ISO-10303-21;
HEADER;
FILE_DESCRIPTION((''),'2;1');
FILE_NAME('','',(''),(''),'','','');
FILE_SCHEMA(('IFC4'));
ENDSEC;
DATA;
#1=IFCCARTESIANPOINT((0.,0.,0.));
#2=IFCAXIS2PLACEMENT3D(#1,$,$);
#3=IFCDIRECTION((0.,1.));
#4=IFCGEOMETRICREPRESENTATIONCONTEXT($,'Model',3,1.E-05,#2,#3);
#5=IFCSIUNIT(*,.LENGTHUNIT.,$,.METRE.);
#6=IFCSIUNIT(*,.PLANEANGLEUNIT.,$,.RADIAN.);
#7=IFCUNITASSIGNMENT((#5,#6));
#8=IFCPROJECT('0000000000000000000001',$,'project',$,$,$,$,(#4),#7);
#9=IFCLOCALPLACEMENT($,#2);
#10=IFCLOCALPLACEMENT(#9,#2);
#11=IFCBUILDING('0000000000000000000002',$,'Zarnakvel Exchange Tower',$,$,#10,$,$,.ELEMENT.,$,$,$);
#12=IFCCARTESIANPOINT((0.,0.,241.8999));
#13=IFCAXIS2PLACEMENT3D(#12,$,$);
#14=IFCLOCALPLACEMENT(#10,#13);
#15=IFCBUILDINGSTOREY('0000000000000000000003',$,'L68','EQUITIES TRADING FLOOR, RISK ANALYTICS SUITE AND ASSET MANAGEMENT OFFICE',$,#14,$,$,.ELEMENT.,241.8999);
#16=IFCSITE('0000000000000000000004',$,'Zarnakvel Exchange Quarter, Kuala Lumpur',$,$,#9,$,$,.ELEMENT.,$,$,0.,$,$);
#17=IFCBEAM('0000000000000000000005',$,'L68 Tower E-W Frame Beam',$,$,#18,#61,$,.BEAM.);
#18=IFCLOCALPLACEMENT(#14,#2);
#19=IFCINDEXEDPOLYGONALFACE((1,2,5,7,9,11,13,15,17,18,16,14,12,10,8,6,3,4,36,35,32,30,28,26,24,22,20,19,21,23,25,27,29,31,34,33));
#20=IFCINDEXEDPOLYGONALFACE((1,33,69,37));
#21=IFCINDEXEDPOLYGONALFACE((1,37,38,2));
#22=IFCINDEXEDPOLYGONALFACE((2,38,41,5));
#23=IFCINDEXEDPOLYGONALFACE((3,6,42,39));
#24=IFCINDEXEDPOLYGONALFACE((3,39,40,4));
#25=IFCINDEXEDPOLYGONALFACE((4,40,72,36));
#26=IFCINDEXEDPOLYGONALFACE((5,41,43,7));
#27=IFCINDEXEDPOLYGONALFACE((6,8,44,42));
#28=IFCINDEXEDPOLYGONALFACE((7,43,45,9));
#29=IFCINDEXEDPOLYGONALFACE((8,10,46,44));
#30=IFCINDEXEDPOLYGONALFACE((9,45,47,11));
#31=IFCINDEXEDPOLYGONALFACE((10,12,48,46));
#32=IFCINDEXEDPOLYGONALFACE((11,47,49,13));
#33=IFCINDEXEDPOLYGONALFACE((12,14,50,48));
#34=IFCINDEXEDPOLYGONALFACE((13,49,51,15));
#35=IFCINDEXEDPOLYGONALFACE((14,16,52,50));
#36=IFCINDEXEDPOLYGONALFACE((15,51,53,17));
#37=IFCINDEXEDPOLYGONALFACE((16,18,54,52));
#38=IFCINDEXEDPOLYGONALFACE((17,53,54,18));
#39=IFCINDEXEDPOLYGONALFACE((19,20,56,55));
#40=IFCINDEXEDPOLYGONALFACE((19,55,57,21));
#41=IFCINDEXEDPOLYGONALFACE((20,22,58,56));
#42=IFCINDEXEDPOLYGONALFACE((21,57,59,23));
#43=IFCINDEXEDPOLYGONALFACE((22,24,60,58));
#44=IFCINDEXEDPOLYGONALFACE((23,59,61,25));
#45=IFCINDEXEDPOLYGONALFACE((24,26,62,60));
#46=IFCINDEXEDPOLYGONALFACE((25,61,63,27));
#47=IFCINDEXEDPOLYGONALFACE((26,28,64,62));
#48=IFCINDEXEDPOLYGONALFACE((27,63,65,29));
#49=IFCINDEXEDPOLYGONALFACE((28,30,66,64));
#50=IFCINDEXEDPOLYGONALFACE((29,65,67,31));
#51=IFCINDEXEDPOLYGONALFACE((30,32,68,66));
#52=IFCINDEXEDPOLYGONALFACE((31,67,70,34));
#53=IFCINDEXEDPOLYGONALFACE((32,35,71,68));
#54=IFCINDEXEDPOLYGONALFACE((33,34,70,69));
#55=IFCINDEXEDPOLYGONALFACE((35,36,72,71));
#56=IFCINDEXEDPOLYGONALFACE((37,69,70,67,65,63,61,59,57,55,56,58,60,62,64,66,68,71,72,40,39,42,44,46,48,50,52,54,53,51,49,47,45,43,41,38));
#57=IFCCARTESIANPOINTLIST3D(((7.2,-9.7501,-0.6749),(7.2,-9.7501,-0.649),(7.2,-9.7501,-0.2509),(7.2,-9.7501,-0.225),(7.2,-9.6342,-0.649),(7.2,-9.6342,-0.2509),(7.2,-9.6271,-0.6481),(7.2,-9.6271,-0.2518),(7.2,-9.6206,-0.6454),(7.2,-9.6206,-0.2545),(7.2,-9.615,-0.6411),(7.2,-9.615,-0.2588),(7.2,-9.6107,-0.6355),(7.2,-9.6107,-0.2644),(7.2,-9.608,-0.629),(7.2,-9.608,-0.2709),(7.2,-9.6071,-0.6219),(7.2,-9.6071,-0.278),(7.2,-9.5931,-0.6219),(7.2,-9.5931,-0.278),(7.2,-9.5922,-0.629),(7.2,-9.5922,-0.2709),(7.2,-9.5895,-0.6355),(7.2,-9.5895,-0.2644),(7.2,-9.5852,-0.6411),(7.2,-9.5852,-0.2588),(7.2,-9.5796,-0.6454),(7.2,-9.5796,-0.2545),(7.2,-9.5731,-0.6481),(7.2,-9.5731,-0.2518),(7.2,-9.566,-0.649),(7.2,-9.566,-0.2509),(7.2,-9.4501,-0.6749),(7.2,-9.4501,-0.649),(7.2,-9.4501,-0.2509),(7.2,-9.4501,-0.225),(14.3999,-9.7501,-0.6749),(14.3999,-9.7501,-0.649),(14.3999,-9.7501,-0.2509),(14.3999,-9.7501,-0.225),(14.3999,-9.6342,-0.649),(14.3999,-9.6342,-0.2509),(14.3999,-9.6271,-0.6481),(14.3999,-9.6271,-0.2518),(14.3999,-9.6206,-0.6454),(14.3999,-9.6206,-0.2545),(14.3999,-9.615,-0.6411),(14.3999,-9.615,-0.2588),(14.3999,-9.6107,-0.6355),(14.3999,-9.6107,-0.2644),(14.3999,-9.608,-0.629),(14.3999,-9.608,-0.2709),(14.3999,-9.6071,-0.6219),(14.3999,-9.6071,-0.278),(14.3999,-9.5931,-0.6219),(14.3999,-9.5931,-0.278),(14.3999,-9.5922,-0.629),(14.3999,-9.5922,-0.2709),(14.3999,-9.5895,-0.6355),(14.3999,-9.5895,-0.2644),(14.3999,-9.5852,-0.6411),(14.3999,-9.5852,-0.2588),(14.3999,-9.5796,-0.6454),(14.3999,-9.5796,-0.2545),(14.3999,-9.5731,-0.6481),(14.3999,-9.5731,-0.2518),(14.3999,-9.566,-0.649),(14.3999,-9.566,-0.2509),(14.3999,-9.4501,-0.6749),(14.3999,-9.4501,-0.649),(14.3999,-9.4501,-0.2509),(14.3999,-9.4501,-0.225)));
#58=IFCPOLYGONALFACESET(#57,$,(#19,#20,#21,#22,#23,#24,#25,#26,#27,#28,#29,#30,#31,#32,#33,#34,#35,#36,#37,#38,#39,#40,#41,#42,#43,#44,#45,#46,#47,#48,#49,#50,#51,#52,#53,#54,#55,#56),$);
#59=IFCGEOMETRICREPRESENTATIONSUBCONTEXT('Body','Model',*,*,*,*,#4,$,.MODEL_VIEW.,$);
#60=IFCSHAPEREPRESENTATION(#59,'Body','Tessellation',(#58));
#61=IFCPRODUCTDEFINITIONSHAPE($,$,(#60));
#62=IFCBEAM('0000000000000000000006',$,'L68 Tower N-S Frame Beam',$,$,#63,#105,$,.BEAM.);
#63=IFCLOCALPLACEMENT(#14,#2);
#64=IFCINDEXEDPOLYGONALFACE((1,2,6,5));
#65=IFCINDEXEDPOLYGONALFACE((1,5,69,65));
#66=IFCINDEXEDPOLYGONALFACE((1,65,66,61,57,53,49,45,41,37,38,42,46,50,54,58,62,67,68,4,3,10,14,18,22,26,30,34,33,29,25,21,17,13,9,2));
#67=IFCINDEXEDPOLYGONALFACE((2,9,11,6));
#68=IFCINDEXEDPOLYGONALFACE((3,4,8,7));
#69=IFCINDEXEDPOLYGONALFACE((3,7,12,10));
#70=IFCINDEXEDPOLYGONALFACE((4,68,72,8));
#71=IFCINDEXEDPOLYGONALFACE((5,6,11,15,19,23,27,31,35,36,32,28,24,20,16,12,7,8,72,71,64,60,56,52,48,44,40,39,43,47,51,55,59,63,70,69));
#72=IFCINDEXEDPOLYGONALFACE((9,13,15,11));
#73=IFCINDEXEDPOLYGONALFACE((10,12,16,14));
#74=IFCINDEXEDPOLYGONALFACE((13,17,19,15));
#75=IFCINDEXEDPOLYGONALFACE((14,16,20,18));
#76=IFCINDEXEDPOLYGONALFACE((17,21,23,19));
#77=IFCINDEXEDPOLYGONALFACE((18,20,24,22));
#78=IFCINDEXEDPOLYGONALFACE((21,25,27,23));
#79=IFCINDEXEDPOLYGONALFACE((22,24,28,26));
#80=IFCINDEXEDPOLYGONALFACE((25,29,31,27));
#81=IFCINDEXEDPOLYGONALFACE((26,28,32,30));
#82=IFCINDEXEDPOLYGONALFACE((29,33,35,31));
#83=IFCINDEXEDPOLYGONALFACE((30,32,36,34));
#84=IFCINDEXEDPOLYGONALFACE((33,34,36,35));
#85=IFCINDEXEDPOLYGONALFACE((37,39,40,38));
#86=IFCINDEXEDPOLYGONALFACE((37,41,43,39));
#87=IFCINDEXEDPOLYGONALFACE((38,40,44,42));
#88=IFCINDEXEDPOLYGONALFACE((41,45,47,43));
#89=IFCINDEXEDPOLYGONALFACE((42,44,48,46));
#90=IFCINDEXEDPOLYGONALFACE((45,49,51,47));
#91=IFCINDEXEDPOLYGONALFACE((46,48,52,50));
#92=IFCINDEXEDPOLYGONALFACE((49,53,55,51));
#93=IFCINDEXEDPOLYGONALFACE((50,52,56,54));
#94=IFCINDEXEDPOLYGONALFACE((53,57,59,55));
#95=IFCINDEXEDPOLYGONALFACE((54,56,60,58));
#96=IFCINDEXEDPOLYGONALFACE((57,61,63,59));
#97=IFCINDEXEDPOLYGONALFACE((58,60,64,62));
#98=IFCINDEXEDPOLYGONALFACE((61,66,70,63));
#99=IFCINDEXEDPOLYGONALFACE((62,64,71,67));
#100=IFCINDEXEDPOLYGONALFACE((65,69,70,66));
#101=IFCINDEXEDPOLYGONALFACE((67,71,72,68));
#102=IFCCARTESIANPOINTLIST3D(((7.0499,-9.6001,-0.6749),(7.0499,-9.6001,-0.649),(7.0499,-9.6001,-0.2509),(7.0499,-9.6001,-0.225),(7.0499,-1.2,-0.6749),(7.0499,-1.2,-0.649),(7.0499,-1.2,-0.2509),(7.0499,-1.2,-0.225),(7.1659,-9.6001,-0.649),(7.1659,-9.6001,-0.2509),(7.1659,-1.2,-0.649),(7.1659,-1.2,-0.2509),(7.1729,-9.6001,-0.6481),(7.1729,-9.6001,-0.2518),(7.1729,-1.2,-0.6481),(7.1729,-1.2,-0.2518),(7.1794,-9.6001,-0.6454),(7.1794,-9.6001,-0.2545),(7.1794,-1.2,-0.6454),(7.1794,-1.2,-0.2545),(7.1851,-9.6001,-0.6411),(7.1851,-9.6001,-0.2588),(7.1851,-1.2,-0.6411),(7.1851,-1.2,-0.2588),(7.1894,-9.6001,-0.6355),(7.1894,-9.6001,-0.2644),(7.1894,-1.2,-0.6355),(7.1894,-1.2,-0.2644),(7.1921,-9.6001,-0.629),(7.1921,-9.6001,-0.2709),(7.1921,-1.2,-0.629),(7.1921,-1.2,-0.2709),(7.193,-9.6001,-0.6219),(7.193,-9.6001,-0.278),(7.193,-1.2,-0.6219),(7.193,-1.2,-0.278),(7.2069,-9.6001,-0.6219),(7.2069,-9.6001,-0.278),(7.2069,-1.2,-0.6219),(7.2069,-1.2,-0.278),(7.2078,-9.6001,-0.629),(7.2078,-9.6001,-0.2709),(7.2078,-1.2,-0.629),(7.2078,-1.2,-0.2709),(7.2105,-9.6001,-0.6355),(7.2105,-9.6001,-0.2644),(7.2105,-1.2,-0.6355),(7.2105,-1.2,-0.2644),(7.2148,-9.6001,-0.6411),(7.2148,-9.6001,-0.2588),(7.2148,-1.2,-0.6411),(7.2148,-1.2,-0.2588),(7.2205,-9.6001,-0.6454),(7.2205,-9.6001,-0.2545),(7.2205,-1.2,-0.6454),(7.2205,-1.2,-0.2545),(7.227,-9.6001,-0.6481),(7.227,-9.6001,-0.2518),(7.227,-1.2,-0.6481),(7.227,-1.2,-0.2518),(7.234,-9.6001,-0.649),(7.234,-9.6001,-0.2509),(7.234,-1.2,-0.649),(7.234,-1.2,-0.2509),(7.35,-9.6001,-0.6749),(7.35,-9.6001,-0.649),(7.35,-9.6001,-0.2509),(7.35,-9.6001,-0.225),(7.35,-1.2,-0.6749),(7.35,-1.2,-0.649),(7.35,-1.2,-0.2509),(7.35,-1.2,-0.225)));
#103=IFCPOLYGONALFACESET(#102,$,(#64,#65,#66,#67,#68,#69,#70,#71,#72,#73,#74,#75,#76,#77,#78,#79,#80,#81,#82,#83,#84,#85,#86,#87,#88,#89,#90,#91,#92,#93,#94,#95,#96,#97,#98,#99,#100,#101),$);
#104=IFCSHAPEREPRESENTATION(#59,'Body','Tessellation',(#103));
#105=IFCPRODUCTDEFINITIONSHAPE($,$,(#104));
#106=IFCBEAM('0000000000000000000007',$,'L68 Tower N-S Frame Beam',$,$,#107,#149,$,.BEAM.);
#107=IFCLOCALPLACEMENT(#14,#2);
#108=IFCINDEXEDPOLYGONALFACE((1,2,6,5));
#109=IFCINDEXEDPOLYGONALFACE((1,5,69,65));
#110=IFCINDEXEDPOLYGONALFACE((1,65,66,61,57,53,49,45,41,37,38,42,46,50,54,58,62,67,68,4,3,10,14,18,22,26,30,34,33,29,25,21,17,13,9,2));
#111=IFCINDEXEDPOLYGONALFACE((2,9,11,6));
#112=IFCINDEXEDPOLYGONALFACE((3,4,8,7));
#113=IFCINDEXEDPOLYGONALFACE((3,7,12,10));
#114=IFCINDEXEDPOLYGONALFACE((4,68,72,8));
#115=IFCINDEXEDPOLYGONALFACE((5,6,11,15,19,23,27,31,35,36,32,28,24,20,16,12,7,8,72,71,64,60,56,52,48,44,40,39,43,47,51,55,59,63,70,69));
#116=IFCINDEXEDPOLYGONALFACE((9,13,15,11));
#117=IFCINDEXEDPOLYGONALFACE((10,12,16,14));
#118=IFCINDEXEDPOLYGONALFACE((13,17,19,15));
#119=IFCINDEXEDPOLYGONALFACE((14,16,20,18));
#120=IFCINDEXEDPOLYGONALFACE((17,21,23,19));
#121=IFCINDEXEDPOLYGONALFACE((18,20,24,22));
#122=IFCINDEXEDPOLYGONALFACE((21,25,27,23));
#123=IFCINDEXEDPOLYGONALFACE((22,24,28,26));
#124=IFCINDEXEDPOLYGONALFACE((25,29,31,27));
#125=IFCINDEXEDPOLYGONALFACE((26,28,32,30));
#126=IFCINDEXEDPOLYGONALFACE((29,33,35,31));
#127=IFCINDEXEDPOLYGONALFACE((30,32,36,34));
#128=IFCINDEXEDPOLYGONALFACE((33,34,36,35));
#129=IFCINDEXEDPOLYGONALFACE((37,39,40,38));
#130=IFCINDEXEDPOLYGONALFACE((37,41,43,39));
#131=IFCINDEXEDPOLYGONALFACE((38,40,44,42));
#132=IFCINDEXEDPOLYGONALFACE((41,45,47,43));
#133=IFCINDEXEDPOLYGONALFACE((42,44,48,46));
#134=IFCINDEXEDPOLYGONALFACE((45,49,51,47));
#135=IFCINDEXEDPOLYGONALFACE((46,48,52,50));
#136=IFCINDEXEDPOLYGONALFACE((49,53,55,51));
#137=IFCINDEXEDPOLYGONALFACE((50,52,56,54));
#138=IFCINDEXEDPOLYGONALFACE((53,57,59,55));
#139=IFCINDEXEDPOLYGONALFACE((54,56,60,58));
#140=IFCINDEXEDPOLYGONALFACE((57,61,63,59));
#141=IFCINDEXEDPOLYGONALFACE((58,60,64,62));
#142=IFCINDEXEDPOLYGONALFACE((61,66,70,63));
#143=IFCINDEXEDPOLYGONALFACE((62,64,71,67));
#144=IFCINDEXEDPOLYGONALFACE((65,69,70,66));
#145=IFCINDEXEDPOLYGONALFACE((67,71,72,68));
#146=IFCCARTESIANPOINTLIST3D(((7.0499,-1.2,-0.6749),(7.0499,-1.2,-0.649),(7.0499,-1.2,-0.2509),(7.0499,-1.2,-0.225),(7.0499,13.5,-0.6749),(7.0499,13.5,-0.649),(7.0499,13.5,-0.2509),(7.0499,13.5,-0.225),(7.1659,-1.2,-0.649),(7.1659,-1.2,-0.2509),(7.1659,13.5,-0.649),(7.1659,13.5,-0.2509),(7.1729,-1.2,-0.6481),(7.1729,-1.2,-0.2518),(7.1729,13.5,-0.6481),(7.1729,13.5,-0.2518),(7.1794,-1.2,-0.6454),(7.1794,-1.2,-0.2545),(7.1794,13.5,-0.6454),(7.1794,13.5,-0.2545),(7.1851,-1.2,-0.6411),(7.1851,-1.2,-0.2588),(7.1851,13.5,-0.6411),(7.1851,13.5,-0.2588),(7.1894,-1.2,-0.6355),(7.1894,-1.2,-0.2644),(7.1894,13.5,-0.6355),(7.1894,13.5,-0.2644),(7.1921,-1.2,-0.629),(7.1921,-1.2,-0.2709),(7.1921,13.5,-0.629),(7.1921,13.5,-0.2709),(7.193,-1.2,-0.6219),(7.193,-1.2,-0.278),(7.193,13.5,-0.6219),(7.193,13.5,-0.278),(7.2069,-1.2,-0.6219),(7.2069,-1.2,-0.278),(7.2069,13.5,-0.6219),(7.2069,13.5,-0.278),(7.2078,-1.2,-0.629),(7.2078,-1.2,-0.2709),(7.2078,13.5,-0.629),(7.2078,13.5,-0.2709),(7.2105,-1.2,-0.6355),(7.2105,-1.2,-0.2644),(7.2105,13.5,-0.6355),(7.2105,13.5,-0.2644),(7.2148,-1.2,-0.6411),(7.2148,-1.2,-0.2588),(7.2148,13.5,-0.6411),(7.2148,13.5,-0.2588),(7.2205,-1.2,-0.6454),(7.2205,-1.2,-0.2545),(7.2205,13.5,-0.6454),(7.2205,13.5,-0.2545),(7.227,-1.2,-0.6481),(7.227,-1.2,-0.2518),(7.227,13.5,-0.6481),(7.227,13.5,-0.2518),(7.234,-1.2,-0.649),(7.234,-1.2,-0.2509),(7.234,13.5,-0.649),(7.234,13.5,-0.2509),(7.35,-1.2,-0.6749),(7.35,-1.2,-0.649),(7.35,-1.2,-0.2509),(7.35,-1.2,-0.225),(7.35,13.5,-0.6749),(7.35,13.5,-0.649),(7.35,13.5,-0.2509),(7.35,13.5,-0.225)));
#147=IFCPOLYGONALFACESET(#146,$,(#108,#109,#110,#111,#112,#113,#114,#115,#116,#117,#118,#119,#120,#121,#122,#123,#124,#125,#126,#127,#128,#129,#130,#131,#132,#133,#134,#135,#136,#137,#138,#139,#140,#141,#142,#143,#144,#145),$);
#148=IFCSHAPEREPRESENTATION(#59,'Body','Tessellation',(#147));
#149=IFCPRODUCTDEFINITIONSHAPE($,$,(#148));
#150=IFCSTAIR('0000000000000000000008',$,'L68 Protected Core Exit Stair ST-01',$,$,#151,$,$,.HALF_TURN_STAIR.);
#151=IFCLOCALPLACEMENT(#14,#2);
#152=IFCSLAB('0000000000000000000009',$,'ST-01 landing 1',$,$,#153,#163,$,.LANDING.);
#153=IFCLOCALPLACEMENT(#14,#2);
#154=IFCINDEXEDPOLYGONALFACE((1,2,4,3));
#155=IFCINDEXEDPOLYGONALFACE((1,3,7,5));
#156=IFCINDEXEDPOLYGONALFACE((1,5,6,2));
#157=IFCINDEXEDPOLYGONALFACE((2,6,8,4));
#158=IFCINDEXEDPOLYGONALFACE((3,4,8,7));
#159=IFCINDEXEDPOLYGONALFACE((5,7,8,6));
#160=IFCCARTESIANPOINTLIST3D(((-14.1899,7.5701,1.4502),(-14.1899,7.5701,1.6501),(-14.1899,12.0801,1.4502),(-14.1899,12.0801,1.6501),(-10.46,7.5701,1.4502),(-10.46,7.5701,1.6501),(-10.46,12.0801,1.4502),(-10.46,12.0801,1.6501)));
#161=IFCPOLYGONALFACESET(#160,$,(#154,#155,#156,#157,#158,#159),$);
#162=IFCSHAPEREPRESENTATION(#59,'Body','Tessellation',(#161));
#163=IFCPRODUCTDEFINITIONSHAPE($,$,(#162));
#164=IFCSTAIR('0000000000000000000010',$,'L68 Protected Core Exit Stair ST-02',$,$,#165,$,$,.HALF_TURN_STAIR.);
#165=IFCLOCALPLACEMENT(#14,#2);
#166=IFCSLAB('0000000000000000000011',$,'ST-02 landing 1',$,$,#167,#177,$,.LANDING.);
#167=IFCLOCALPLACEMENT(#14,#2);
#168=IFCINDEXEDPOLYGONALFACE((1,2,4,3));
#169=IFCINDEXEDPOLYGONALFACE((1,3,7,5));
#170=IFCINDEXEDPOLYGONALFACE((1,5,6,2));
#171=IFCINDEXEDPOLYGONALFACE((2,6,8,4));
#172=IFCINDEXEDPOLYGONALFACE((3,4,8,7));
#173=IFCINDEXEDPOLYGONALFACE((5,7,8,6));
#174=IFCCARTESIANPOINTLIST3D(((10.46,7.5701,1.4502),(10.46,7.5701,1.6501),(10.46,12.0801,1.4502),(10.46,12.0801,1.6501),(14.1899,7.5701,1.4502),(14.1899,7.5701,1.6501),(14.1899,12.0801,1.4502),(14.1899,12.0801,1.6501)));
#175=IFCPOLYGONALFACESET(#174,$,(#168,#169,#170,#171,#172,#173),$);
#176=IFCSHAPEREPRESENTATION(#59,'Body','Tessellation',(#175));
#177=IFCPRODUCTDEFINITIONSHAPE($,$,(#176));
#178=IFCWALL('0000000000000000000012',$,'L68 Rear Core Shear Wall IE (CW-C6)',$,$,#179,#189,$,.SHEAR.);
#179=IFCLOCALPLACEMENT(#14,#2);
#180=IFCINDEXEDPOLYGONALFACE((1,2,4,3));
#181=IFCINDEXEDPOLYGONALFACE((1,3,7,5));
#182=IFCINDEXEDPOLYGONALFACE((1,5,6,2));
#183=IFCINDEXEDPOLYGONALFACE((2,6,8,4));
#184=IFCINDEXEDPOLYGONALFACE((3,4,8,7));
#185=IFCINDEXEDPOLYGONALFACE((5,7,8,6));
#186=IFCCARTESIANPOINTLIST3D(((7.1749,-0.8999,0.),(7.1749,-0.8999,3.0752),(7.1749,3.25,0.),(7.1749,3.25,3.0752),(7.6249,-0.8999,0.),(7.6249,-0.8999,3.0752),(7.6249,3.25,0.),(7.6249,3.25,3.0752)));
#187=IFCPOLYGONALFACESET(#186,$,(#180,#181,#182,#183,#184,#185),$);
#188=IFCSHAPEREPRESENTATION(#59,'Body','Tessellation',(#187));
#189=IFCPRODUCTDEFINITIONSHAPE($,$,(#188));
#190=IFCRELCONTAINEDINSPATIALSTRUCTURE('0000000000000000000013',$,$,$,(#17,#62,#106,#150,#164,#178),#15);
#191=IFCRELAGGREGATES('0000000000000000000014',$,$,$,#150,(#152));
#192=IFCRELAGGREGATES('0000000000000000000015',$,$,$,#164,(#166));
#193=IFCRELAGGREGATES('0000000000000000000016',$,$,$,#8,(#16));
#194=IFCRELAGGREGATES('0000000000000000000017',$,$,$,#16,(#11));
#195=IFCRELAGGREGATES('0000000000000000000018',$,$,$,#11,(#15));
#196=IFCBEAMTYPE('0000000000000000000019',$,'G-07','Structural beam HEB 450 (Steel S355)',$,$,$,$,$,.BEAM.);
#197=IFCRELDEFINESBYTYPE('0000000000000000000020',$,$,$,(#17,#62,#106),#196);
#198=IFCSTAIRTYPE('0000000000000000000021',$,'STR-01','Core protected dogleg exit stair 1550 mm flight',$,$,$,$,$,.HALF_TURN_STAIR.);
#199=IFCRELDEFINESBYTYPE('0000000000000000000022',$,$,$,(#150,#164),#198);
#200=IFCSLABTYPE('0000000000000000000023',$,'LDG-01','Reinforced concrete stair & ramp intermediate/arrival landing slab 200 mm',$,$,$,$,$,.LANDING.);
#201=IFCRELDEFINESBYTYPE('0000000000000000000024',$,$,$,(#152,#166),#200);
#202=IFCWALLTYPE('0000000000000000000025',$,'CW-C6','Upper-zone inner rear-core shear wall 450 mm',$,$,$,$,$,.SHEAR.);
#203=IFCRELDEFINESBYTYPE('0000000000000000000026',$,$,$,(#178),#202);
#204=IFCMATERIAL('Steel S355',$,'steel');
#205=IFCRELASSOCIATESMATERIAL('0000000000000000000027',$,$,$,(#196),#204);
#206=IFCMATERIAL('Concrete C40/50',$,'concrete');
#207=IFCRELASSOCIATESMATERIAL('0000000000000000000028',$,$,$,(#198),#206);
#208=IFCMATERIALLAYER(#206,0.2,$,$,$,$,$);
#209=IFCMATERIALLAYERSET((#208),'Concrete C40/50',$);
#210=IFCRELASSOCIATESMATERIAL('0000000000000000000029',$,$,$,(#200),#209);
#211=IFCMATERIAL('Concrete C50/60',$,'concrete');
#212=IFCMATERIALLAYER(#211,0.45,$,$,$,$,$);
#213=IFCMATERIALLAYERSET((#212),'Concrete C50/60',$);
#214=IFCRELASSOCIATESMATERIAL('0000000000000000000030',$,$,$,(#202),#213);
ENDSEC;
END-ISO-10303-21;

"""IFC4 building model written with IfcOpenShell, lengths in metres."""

from ifc_helpers import new_model, si_unit, direction, frame, frame_2d, origin, origin_2d, place, context, subcontext, project, spatial, polyline, rectangle, i_section, outline, extrude, material, layer, layer_set, material_profile, profile_set, type_object, element, aggregate, save


model = new_model("IFC4")

# Units and contexts
model_context = context("Model", 3, precision=1e-05, world=origin(), true_north=direction((0.0, 1.0)))
body_context = subcontext(model_context, "Body", "Model", "MODEL_VIEW")
ifc_project = project(units=[si_unit("LENGTHUNIT", "METRE"), si_unit("PLANEANGLEUNIT", "RADIAN")], contexts=[model_context])

# Site, building, storey
site_placement = place(None, origin())
site = spatial("IfcSite", under=ifc_project, at=site_placement, Name="Zarnakvel Exchange Quarter, Kuala Lumpur", CompositionType="ELEMENT", RefElevation=0.0)
building_placement = place(site_placement, origin())
building = spatial("IfcBuilding", under=site, at=building_placement, Name="Zarnakvel Exchange Tower", CompositionType="ELEMENT")
storey_placement = place(building_placement, frame((0.0, 0.0, 241.8999)))
storey = spatial("IfcBuildingStorey", under=building, at=storey_placement, Name="L68", Description="EQUITIES TRADING FLOOR, RISK ANALYTICS SUITE AND ASSET MANAGEMENT OFFICE", CompositionType="ELEMENT", Elevation=241.8999)

# Shared definitions
ifc_material_1 = material(Name="Concrete C50/60", Category="concrete")

# Beams
ifc_material_2 = material(Name="Steel S355", Category="steel")
ifc_material_profile_1 = material_profile(ifc_material_2, i_section(OverallWidth=0.3, OverallDepth=0.45, WebThickness=0.0139, FlangeThickness=0.0259, FilletRadius=0.0271, at=origin_2d()))
ifc_profile_set_1 = profile_set([ifc_material_profile_1], Name="Steel S355")
beam_type_1 = type_object("IfcBeamType", Name="G-07", Description="Structural beam HEB 450 (Steel S355)", PredefinedType="BEAM", material=ifc_profile_set_1)
beam_1_placement = place(storey_placement, frame((7.2, -9.6001, -0.45), z_axis=(1.0, 0.0, 0.0), x_axis=(0.0, 1.0, 0.0)))
element("IfcBeam", 1, at=beam_1_placement, inside=storey, type_object=beam_type_1, Name="L68 Tower E-W Frame Beam", PredefinedType="BEAM", context=body_context, shape_type="SweptSolid", body=[
    extrude(i_section(OverallWidth=0.3, OverallDepth=0.45, WebThickness=0.0139, FlangeThickness=0.0259, FilletRadius=0.0271, at=origin_2d()), origin(), (0.0, 0.0, 1.0), 7.2),
])
beam_2_placement = place(storey_placement, frame((7.2, -9.6001, -0.45), z_axis=(0.0, 1.0, 0.0), x_axis=(-1.0, 0.0, 0.0)))
element("IfcBeam", 2, at=beam_2_placement, inside=storey, type_object=beam_type_1, Name="L68 Tower N-S Frame Beam", PredefinedType="BEAM", context=body_context, shape_type="SweptSolid", body=[
    extrude(i_section(OverallWidth=0.3, OverallDepth=0.45, WebThickness=0.0139, FlangeThickness=0.0259, FilletRadius=0.0271, at=origin_2d()), origin(), (0.0, 0.0, 1.0), 8.4001),
])
beam_3_placement = place(storey_placement, frame((7.2, -1.2, -0.45), z_axis=(0.0, 1.0, 0.0), x_axis=(-1.0, 0.0, 0.0)))
element("IfcBeam", 3, at=beam_3_placement, inside=storey, type_object=beam_type_1, Name="L68 Tower N-S Frame Beam", PredefinedType="BEAM", context=body_context, shape_type="SweptSolid", body=[
    extrude(i_section(OverallWidth=0.3, OverallDepth=0.45, WebThickness=0.0139, FlangeThickness=0.0259, FilletRadius=0.0271, at=origin_2d()), origin(), (0.0, 0.0, 1.0), 14.7),
])

# Stairs, slabs
ifc_material_3 = material(Name="Concrete C40/50", Category="concrete")
stair_type = type_object("IfcStairType", Name="STR-01", Description="Core protected dogleg exit stair 1550 mm flight", PredefinedType="HALF_TURN_STAIR", material=ifc_material_3)
stair_1_placement = place(storey_placement, origin())
stair_1 = element("IfcStair", 4, at=stair_1_placement, inside=storey, type_object=stair_type, Name="L68 Protected Core Exit Stair ST-01", PredefinedType="HALF_TURN_STAIR")
ifc_layer_1 = layer(ifc_material_3, 0.2)
ifc_layer_set_1 = layer_set([ifc_layer_1], Name="Concrete C40/50")
slab_type = type_object("IfcSlabType", Name="LDG-01", Description="Reinforced concrete stair & ramp intermediate/arrival landing slab 200 mm", PredefinedType="LANDING", material=ifc_layer_set_1)
slab_1_placement = place(storey_placement, frame((0.0, 0.0, 1.4502)))
slab_1 = element("IfcSlab", 5, at=slab_1_placement, type_object=slab_type, Name="ST-01 landing 1", PredefinedType="LANDING", context=body_context, shape_type="SweptSolid", body=[
    extrude(outline(polyline([(-14.1899, 7.5701), (-10.46, 7.5701), (-10.46, 12.0801), (-14.1899, 12.0801), (-14.1899, 7.5701)])), origin(), (0.0, 0.0, 1.0), 0.2),
])
aggregate(stair_1, [slab_1])
stair_2_placement = place(storey_placement, origin())
stair_2 = element("IfcStair", 6, at=stair_2_placement, inside=storey, type_object=stair_type, Name="L68 Protected Core Exit Stair ST-02", PredefinedType="HALF_TURN_STAIR")
slab_2_placement = place(storey_placement, frame((0.0, 0.0, 1.4502)))
slab_2 = element("IfcSlab", 7, at=slab_2_placement, type_object=slab_type, Name="ST-02 landing 1", PredefinedType="LANDING", context=body_context, shape_type="SweptSolid", body=[
    extrude(outline(polyline([(10.46, 7.5701), (14.1899, 7.5701), (14.1899, 12.0801), (10.46, 12.0801), (10.46, 7.5701)])), origin(), (0.0, 0.0, 1.0), 0.2),
])
aggregate(stair_2, [slab_2])

# Wall
ifc_layer_2 = layer(ifc_material_1, 0.45)
ifc_layer_set_2 = layer_set([ifc_layer_2], Name="Concrete C50/60")
wall_type_1 = type_object("IfcWallType", Name="CW-C6", Description="Upper-zone inner rear-core shear wall 450 mm", PredefinedType="SHEAR", material=ifc_layer_set_2)
wall_1_placement = place(storey_placement, frame((7.3999, -0.8999, 0.0), z_axis=(0.0, 0.0, 1.0), x_axis=(0.0, 1.0, 0.0)))
element("IfcWall", 8, at=wall_1_placement, inside=storey, type_object=wall_type_1, Name="L68 Rear Core Shear Wall IE (CW-C6)", PredefinedType="SHEAR", context=body_context, shape_type="SweptSolid", body=[
    extrude(rectangle(XDim=4.1499, YDim=0.45, at=frame_2d((2.075, 0.0))), origin(), (0.0, 0.0, 1.0), 3.0752),
])

save(model, "model.ifc")
